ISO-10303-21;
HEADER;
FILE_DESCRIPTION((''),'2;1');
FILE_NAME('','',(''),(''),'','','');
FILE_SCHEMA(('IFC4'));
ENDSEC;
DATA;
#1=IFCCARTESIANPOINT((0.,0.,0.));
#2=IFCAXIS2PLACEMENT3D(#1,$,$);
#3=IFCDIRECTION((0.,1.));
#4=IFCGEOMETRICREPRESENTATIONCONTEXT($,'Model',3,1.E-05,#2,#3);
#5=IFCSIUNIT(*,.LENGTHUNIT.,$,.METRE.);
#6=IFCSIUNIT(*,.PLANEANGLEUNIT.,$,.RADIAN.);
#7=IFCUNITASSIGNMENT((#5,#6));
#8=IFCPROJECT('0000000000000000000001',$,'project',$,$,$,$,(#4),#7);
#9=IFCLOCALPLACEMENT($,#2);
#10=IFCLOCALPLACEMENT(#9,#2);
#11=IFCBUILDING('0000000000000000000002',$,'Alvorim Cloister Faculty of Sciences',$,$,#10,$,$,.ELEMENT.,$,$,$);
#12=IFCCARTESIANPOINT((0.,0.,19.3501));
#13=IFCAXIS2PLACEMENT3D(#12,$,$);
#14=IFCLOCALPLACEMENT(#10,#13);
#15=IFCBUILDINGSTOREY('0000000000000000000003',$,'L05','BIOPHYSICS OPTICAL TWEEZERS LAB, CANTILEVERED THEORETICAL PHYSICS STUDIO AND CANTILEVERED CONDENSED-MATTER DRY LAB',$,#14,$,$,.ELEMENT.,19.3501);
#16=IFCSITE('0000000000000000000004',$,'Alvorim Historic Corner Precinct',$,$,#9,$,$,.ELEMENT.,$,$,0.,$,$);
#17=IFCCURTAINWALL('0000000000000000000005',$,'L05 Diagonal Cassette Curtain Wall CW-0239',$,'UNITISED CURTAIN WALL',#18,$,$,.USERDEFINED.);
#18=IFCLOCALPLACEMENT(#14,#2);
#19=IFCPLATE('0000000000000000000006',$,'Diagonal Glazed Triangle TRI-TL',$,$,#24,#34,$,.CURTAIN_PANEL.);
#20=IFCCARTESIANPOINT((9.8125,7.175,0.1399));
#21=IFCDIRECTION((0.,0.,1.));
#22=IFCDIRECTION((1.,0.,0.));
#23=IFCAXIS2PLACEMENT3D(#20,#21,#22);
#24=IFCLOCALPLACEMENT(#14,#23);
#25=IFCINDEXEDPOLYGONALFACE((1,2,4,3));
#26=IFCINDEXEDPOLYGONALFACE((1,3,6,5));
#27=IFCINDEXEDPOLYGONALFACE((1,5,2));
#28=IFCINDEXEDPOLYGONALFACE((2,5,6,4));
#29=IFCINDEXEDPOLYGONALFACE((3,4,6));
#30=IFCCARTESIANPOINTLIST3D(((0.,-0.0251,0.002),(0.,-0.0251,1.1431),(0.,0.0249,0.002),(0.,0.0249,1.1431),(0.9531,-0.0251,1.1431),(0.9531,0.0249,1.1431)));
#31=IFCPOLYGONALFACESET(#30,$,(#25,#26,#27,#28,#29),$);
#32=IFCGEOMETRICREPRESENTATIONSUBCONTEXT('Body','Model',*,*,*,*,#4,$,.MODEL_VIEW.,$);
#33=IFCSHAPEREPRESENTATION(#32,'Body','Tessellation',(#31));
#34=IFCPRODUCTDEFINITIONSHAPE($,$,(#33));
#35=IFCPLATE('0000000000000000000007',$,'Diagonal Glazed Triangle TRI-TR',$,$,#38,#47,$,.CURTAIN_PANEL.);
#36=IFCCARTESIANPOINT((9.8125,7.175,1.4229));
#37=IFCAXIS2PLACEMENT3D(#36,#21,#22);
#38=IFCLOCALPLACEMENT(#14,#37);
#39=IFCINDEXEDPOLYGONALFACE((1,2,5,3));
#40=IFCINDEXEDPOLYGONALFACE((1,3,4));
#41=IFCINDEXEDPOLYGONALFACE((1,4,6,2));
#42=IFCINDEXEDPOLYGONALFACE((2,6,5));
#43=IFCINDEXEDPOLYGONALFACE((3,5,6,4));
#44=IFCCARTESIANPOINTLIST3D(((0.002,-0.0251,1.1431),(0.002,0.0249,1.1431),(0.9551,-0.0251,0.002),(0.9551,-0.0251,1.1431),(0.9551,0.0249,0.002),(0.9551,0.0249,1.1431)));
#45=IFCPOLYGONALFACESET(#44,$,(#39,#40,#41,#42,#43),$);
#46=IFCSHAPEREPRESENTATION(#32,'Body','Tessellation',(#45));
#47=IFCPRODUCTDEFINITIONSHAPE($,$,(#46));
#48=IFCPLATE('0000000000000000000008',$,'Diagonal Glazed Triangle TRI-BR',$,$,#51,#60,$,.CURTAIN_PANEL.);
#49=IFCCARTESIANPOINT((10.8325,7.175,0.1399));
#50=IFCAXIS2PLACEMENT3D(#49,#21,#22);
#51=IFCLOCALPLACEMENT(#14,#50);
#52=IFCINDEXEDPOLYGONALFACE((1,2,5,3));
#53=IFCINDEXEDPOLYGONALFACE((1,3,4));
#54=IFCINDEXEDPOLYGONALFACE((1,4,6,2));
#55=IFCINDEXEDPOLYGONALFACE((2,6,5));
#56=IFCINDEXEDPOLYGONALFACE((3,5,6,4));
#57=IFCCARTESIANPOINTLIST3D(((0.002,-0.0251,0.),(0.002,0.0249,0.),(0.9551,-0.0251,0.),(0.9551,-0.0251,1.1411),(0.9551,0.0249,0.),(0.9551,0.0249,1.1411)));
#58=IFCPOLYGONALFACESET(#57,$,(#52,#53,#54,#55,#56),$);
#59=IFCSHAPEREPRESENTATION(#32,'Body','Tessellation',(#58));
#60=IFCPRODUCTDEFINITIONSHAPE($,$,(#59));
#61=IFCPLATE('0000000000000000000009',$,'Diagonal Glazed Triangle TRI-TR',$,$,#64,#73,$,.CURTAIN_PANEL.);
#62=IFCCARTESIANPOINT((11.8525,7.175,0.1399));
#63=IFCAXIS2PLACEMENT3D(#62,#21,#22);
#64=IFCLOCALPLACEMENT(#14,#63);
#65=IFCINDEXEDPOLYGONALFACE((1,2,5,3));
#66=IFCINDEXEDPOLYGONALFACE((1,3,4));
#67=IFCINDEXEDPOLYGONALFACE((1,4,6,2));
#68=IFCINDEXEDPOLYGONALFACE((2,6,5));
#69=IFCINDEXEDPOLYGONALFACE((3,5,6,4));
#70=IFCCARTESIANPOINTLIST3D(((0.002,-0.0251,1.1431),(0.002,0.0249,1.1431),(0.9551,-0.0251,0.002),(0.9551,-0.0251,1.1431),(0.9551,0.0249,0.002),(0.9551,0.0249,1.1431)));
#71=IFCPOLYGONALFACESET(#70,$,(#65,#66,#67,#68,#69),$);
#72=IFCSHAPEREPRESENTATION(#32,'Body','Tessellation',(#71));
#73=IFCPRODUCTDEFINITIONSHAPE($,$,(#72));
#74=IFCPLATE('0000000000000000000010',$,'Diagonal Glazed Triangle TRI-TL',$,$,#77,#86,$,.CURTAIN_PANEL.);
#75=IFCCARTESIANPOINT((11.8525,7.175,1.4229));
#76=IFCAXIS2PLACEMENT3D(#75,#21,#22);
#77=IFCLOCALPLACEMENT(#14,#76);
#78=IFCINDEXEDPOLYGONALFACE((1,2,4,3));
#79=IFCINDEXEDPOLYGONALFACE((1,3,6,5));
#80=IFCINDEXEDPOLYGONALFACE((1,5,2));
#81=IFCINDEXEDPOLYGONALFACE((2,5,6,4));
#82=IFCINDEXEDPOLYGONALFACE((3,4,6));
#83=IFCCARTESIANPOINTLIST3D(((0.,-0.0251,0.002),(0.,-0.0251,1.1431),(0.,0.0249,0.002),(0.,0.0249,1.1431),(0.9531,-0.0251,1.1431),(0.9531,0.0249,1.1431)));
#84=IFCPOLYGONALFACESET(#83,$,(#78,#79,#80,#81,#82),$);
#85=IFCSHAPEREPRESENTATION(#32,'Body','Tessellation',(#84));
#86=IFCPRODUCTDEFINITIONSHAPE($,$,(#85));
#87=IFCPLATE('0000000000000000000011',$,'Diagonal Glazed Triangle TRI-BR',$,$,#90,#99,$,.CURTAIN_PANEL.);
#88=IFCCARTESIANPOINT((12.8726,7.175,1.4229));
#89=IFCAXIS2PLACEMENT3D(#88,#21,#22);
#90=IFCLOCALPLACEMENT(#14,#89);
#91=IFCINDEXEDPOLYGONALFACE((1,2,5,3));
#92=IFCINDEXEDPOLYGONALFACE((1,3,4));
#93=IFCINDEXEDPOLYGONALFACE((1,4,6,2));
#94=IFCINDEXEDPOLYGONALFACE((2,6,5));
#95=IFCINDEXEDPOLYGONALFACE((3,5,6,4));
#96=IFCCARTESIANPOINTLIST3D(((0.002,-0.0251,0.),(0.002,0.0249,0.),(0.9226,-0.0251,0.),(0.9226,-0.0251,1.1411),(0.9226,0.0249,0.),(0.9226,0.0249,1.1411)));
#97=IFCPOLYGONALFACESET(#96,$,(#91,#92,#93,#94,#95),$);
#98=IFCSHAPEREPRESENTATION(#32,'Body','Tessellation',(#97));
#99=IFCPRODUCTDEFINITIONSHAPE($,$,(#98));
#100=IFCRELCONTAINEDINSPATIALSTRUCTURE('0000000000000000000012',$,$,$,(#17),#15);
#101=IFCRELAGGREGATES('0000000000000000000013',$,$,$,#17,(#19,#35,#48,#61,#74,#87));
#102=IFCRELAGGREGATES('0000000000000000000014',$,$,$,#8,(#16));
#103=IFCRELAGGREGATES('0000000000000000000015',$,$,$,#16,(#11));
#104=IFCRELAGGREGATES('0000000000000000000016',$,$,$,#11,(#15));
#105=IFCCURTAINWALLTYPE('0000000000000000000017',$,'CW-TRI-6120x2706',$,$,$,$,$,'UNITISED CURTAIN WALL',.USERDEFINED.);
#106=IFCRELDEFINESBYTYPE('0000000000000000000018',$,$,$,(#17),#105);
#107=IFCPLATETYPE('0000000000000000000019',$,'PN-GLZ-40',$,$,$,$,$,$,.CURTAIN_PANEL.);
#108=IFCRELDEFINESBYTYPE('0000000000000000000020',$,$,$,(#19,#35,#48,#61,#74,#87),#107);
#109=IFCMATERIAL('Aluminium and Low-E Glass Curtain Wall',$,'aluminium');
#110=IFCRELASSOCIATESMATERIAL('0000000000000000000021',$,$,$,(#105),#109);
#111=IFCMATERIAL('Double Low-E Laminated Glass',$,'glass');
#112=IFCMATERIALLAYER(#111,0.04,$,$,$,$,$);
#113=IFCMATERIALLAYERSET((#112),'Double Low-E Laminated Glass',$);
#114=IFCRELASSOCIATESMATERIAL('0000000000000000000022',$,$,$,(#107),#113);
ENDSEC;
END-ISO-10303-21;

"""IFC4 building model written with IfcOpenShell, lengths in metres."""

from ifc_helpers import new_model, si_unit, direction, frame, origin, place, context, subcontext, project, spatial, polyline, outline, extrude, material, layer, layer_set, type_object, element, aggregate, save


model = new_model("IFC4")

# Units and contexts
model_context = context("Model", 3, precision=1e-05, world=origin(), true_north=direction((0.0, 1.0)))
body_context = subcontext(model_context, "Body", "Model", "MODEL_VIEW")
ifc_project = project(units=[si_unit("LENGTHUNIT", "METRE"), si_unit("PLANEANGLEUNIT", "RADIAN")], contexts=[model_context])

# Site, building, storey
site_placement = place(None, origin())
site = spatial("IfcSite", under=ifc_project, at=site_placement, Name="Alvorim Historic Corner Precinct", CompositionType="ELEMENT", RefElevation=0.0)
building_placement = place(site_placement, origin())
building = spatial("IfcBuilding", under=site, at=building_placement, Name="Alvorim Cloister Faculty of Sciences", CompositionType="ELEMENT")
storey_placement = place(building_placement, frame((0.0, 0.0, 19.3501)))
storey = spatial("IfcBuildingStorey", under=building, at=storey_placement, Name="L05", Description="BIOPHYSICS OPTICAL TWEEZERS LAB, CANTILEVERED THEORETICAL PHYSICS STUDIO AND CANTILEVERED CONDENSED-MATTER DRY LAB", CompositionType="ELEMENT", Elevation=19.3501)

# Curtain wall, plates
ifc_material_1 = material(Name="Aluminium and Low-E Glass Curtain Wall", Category="aluminium")
curtain_wall_type = type_object("IfcCurtainWallType", Name="CW-TRI-6120x2706", ElementType="UNITISED CURTAIN WALL", PredefinedType="USERDEFINED", material=ifc_material_1)
curtain_wall_placement = place(storey_placement, origin())
curtain_wall = element("IfcCurtainWall", 1, at=curtain_wall_placement, inside=storey, type_object=curtain_wall_type, Name="L05 Diagonal Cassette Curtain Wall CW-0239", ObjectType="UNITISED CURTAIN WALL", PredefinedType="USERDEFINED")
ifc_material_2 = material(Name="Double Low-E Laminated Glass", Category="glass")
ifc_layer = layer(ifc_material_2, 0.04)
ifc_layer_set = layer_set([ifc_layer], Name="Double Low-E Laminated Glass")
plate_type = type_object("IfcPlateType", Name="PN-GLZ-40", PredefinedType="CURTAIN_PANEL", material=ifc_layer_set)
plate_1_placement = place(storey_placement, frame((9.8125, 7.175, 0.1399), z_axis=(0.0, 0.0, 1.0), x_axis=(1.0, 0.0, 0.0)))
plate_1 = element("IfcPlate", 2, at=plate_1_placement, type_object=plate_type, Name="Diagonal Glazed Triangle TRI-TL", PredefinedType="CURTAIN_PANEL", context=body_context, shape_type="SweptSolid", body=[
    extrude(outline(polyline([(0.9531, 1.1431), (0.0, 1.1431), (0.0, 0.002), (0.9531, 1.1431)])), frame((0.0, 0.0249, 0.0), z_axis=(0.0, -1.0, 0.0), x_axis=(1.0, 0.0, 0.0)), (0.0, 0.0, 1.0), 0.05),
])
plate_2_placement = place(storey_placement, frame((9.8125, 7.175, 1.4229), z_axis=(0.0, 0.0, 1.0), x_axis=(1.0, 0.0, 0.0)))
plate_2 = element("IfcPlate", 3, at=plate_2_placement, type_object=plate_type, Name="Diagonal Glazed Triangle TRI-TR", PredefinedType="CURTAIN_PANEL", context=body_context, shape_type="SweptSolid", body=[
    extrude(outline(polyline([(0.9551, 0.002), (0.9551, 1.1431), (0.002, 1.1431), (0.9551, 0.002)])), frame((0.0, 0.0249, 0.0), z_axis=(0.0, -1.0, 0.0), x_axis=(1.0, 0.0, 0.0)), (0.0, 0.0, 1.0), 0.05),
])
plate_3_placement = place(storey_placement, frame((10.8325, 7.175, 0.1399), z_axis=(0.0, 0.0, 1.0), x_axis=(1.0, 0.0, 0.0)))
plate_3 = element("IfcPlate", 4, at=plate_3_placement, type_object=plate_type, Name="Diagonal Glazed Triangle TRI-BR", PredefinedType="CURTAIN_PANEL", context=body_context, shape_type="SweptSolid", body=[
    extrude(outline(polyline([(0.002, 0.0), (0.9551, 0.0), (0.9551, 1.1411), (0.002, 0.0)])), frame((0.0, 0.0249, 0.0), z_axis=(0.0, -1.0, 0.0), x_axis=(1.0, 0.0, 0.0)), (0.0, 0.0, 1.0), 0.05),
])
plate_4_placement = place(storey_placement, frame((11.8525, 7.175, 0.1399), z_axis=(0.0, 0.0, 1.0), x_axis=(1.0, 0.0, 0.0)))
plate_4 = element("IfcPlate", 5, at=plate_4_placement, type_object=plate_type, Name="Diagonal Glazed Triangle TRI-TR", PredefinedType="CURTAIN_PANEL", context=body_context, shape_type="SweptSolid", body=[
    extrude(outline(polyline([(0.9551, 0.002), (0.9551, 1.1431), (0.002, 1.1431), (0.9551, 0.002)])), frame((0.0, 0.0249, 0.0), z_axis=(0.0, -1.0, 0.0), x_axis=(1.0, 0.0, 0.0)), (0.0, 0.0, 1.0), 0.05),
])
plate_5_placement = place(storey_placement, frame((11.8525, 7.175, 1.4229), z_axis=(0.0, 0.0, 1.0), x_axis=(1.0, 0.0, 0.0)))
plate_5 = element("IfcPlate", 6, at=plate_5_placement, type_object=plate_type, Name="Diagonal Glazed Triangle TRI-TL", PredefinedType="CURTAIN_PANEL", context=body_context, shape_type="SweptSolid", body=[
    extrude(outline(polyline([(0.9531, 1.1431), (0.0, 1.1431), (0.0, 0.002), (0.9531, 1.1431)])), frame((0.0, 0.0249, 0.0), z_axis=(0.0, -1.0, 0.0), x_axis=(1.0, 0.0, 0.0)), (0.0, 0.0, 1.0), 0.05),
])
plate_6_placement = place(storey_placement, frame((12.8726, 7.175, 1.4229), z_axis=(0.0, 0.0, 1.0), x_axis=(1.0, 0.0, 0.0)))
plate_6 = element("IfcPlate", 7, at=plate_6_placement, type_object=plate_type, Name="Diagonal Glazed Triangle TRI-BR", PredefinedType="CURTAIN_PANEL", context=body_context, shape_type="SweptSolid", body=[
    extrude(outline(polyline([(0.002, 0.0), (0.9226, 0.0), (0.9226, 1.1411), (0.002, 0.0)])), frame((0.0, 0.0249, 0.0), z_axis=(0.0, -1.0, 0.0), x_axis=(1.0, 0.0, 0.0)), (0.0, 0.0, 1.0), 0.05),
])
aggregate(curtain_wall, [plate_1, plate_2, plate_3, plate_4, plate_5, plate_6])

save(model, "model.ifc")
